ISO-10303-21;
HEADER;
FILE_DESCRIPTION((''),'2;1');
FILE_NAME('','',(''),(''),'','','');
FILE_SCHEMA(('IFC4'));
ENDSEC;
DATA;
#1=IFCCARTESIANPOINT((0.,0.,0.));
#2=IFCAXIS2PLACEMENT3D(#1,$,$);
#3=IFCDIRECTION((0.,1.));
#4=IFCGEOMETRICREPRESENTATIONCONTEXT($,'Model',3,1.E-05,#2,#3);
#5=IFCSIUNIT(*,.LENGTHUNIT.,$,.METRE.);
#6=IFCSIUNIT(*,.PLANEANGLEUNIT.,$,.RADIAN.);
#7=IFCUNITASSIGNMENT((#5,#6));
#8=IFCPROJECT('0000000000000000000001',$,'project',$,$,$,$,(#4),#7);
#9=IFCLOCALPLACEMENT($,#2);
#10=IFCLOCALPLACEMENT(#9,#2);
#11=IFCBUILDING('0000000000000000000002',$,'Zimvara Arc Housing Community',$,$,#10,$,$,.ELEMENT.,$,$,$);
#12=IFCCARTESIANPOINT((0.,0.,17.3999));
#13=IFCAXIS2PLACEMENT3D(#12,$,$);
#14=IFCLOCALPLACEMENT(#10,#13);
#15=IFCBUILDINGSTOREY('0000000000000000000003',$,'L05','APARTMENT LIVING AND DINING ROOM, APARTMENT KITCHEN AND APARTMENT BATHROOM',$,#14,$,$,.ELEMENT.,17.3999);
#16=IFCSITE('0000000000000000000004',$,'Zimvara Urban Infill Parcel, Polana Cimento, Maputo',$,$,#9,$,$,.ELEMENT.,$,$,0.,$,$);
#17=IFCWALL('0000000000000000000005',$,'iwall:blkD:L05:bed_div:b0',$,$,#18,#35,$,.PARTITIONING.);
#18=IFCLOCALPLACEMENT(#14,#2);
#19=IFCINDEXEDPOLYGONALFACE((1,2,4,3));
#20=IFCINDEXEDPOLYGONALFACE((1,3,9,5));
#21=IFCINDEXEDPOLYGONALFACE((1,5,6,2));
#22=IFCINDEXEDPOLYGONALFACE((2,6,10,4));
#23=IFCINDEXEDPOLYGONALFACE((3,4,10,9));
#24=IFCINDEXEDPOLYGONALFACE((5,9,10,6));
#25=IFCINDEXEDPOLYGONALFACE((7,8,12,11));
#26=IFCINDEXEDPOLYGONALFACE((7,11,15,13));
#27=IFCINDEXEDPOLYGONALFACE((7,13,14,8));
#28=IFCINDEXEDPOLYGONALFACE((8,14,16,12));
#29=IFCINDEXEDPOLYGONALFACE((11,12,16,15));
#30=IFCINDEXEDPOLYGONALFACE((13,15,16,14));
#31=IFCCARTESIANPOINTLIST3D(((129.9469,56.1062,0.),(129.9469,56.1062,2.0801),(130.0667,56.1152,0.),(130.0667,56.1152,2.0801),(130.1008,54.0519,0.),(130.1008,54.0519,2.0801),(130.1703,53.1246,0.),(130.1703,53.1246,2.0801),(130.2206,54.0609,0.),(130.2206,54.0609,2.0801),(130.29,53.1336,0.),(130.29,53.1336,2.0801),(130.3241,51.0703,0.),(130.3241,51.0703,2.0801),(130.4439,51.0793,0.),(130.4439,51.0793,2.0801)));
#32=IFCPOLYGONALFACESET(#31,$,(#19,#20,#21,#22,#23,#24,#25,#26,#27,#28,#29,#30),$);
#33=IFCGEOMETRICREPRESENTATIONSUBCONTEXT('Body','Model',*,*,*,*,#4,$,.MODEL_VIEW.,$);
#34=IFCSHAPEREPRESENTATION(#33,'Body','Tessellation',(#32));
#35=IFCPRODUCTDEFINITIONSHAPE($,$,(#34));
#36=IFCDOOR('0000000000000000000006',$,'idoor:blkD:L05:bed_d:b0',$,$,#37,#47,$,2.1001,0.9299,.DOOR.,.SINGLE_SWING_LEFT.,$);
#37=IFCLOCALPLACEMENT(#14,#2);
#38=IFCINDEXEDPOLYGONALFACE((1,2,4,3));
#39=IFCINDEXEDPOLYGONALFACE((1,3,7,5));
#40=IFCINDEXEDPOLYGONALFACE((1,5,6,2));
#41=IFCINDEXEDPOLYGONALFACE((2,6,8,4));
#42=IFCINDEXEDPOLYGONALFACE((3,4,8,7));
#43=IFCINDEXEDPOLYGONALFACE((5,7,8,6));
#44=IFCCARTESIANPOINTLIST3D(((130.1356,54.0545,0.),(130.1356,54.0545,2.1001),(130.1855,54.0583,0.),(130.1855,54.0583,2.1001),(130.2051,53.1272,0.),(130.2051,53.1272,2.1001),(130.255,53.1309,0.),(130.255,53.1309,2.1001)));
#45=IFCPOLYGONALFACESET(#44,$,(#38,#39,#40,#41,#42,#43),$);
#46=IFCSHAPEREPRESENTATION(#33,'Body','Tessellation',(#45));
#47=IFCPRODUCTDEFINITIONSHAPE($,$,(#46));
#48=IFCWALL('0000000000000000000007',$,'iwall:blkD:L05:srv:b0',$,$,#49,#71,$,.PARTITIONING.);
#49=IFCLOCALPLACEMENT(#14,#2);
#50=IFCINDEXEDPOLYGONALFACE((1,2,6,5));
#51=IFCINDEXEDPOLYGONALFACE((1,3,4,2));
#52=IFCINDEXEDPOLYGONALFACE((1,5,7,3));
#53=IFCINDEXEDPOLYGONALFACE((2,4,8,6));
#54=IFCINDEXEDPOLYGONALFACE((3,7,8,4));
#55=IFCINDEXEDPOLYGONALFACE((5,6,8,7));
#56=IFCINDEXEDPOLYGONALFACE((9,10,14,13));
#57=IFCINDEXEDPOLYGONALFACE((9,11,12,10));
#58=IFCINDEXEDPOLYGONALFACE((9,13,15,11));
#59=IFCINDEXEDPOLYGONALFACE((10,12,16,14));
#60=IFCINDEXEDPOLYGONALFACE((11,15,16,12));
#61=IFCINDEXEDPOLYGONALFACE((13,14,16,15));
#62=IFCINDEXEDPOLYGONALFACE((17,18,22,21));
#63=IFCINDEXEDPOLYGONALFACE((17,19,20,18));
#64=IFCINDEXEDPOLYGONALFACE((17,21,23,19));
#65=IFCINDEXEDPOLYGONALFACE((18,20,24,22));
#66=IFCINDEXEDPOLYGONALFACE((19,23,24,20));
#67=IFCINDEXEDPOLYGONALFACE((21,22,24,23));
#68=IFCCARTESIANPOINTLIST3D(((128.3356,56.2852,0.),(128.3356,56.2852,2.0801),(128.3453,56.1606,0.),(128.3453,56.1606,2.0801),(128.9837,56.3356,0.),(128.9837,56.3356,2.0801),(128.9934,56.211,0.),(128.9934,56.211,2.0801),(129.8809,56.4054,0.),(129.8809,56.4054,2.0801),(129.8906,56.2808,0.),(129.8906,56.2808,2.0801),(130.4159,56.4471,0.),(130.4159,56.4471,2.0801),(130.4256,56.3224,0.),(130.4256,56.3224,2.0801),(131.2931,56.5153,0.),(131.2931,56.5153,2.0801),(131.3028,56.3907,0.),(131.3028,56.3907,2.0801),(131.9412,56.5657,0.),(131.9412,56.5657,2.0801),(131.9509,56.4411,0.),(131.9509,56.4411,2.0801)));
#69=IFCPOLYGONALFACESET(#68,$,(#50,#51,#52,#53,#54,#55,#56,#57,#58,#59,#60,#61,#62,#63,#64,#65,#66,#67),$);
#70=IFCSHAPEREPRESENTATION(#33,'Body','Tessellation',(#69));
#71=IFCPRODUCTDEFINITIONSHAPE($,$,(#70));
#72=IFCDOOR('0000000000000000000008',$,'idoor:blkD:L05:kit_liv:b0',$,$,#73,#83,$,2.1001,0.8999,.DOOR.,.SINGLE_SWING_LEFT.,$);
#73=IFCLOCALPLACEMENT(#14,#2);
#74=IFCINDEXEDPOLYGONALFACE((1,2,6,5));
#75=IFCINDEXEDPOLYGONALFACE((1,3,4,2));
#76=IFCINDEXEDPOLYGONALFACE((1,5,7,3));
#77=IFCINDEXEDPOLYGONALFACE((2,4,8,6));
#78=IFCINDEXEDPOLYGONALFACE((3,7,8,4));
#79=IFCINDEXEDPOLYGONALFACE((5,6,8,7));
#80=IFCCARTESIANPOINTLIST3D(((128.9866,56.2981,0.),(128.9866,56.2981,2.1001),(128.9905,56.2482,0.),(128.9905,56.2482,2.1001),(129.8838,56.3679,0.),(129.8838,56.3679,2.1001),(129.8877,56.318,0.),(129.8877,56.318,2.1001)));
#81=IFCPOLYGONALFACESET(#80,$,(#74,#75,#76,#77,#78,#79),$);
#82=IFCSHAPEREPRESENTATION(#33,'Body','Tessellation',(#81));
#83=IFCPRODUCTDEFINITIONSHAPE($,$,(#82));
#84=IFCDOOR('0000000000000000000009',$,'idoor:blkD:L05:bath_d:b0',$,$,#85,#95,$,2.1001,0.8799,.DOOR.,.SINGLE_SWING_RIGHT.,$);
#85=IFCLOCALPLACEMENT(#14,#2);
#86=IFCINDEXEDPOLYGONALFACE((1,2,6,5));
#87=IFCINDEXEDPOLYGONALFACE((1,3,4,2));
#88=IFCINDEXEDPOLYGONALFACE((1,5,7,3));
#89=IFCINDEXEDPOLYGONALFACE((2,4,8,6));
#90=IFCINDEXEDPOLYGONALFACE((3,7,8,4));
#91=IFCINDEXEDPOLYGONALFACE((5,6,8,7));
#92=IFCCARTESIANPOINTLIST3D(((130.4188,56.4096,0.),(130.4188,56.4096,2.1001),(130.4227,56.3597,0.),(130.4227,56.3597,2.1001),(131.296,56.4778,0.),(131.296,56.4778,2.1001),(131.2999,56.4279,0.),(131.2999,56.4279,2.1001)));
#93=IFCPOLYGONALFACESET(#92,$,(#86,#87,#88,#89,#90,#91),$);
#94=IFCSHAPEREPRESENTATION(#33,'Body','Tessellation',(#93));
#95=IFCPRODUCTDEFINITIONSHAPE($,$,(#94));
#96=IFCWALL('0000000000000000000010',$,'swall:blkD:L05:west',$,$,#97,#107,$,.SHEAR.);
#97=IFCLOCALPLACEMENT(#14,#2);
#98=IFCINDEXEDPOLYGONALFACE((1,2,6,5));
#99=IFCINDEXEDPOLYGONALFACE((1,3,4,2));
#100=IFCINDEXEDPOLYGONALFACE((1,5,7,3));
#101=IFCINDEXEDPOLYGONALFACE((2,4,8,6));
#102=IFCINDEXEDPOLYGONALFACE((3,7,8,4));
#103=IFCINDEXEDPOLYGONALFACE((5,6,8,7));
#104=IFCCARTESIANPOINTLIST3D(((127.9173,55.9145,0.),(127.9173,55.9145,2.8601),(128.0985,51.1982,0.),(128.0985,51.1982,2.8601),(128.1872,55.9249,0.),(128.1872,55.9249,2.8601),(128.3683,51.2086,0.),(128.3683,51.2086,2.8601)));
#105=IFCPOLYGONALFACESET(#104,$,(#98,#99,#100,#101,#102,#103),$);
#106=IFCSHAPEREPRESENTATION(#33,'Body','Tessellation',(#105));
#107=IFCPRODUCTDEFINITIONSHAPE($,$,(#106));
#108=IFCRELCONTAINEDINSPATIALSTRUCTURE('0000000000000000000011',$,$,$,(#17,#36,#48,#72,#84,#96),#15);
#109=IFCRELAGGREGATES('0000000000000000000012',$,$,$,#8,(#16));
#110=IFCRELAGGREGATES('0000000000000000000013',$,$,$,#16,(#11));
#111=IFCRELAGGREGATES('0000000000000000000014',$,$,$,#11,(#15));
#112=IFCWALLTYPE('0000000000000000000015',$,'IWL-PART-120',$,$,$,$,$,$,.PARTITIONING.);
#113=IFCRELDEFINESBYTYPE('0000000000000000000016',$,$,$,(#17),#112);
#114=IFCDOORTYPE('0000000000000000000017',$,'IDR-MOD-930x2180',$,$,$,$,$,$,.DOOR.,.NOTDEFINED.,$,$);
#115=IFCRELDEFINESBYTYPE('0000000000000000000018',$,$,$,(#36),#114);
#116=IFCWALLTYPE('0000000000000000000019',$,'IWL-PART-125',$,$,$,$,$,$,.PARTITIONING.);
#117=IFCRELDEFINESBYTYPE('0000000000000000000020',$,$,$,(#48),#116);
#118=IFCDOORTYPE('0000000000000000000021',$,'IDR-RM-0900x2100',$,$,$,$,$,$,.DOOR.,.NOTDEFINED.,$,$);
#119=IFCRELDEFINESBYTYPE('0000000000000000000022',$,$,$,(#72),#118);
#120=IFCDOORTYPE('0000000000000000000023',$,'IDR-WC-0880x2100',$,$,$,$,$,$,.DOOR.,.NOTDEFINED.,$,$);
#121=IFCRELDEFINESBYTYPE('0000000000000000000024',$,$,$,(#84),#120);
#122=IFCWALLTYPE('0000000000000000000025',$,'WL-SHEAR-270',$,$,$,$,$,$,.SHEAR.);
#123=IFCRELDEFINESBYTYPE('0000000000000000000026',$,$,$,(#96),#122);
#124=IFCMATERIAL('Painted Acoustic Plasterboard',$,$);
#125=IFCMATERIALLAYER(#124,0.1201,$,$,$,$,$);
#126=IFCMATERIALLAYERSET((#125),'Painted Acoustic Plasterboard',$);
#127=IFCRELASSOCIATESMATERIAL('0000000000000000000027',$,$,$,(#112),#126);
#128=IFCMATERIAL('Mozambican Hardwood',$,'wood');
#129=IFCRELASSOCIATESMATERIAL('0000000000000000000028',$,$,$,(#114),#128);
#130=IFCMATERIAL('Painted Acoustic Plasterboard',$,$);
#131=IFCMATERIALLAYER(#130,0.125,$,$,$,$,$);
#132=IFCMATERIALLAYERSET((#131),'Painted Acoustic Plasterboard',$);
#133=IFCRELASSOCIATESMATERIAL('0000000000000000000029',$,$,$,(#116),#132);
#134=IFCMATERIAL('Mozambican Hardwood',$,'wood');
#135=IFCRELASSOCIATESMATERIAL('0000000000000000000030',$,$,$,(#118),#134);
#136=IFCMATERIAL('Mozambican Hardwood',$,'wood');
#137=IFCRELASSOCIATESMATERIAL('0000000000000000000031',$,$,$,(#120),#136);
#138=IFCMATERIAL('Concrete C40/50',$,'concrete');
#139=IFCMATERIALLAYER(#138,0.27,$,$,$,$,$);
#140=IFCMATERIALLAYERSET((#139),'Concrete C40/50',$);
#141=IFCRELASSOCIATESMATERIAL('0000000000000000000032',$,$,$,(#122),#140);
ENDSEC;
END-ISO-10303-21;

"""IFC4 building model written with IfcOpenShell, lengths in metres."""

from ifc_helpers import new_model, si_unit, direction, frame, frame_2d, origin, place, context, subcontext, project, spatial, rectangle, extrude, material, layer, layer_set, type_object, element, fill, save


model = new_model("IFC4")

# Units and contexts
model_context = context("Model", 3, precision=1e-05, world=origin(), true_north=direction((0.0, 1.0)))
body_context = subcontext(model_context, "Body", "Model", "MODEL_VIEW")
ifc_project = project(units=[si_unit("LENGTHUNIT", "METRE"), si_unit("PLANEANGLEUNIT", "RADIAN")], contexts=[model_context])

# Site, building, storey
site_placement = place(None, origin())
site = spatial("IfcSite", under=ifc_project, at=site_placement, Name="Zimvara Urban Infill Parcel, Polana Cimento, Maputo", CompositionType="ELEMENT", RefElevation=0.0)
building_placement = place(site_placement, origin())
building = spatial("IfcBuilding", under=site, at=building_placement, Name="Zimvara Arc Housing Community", CompositionType="ELEMENT")
storey_placement = place(building_placement, frame((0.0, 0.0, 17.3999)))
storey = spatial("IfcBuildingStorey", under=building, at=storey_placement, Name="L05", Description="APARTMENT LIVING AND DINING ROOM, APARTMENT KITCHEN AND APARTMENT BATHROOM", CompositionType="ELEMENT", Elevation=17.3999)

# Wall, opening, door
ifc_material_1 = material(Name="Painted Acoustic Plasterboard")
ifc_layer_1 = layer(ifc_material_1, 0.1201)
ifc_layer_set_1 = layer_set([ifc_layer_1], Name="Painted Acoustic Plasterboard")
wall_type_1 = type_object("IfcWallType", Name="IWL-PART-120", PredefinedType="PARTITIONING", material=ifc_layer_set_1)
wall_1_placement = place(storey_placement, frame((130.0068, 56.1106, 0.0), z_axis=(0.0, 0.0, 1.0), x_axis=(0.074693, -0.997207, 0.0)))
wall_1 = element("IfcWall", 1, at=wall_1_placement, inside=storey, type_object=wall_type_1, Name="iwall:blkD:L05:bed_div:b0", PredefinedType="PARTITIONING", context=body_context, shape_type="SweptSolid", body=[
    extrude(rectangle(XDim=5.05, YDim=0.1201, at=frame_2d((2.5249, 0.0))), origin(), (0.0, 0.0, 1.0), 2.0801),
])
opening_1_placement = place(wall_1_placement, frame((2.0601, 0.0, 0.0)))
opening_1 = element("IfcOpeningElement", 2, at=opening_1_placement, cuts=wall_1, PredefinedType="OPENING", context=body_context, shape_type="SweptSolid", body=[
    extrude(rectangle(XDim=0.9299, YDim=2.1001, at=frame_2d((0.4648, 1.05))), frame((0.0, 0.0701, 0.0), z_axis=(0.0, -1.0, 0.0), x_axis=(1.0, 0.0, 0.0)), (0.0, 0.0, 1.0), 0.1401),
])
ifc_material_2 = material(Name="Mozambican Hardwood", Category="wood")
door_type_1 = type_object("IfcDoorType", Name="IDR-MOD-930x2180", OperationType="NOTDEFINED", PredefinedType="DOOR", material=ifc_material_2)
door_1_placement = place(opening_1_placement, origin())
door_1 = element("IfcDoor", 3, at=door_1_placement, inside=storey, type_object=door_type_1, Name="idoor:blkD:L05:bed_d:b0", OperationType="SINGLE_SWING_LEFT", OverallHeight=2.1001, OverallWidth=0.9299, PredefinedType="DOOR", context=body_context, shape_type="SweptSolid", body=[
    extrude(rectangle(XDim=0.9299, YDim=2.1001, at=frame_2d((0.4648, 1.05))), frame((0.0, 0.0249, 0.0), z_axis=(0.0, -1.0, 0.0), x_axis=(1.0, 0.0, 0.0)), (0.0, 0.0, 1.0), 0.05),
])
fill(opening_1, door_1)

# Wall, openings, doors
ifc_material_3 = material(Name="Painted Acoustic Plasterboard")
ifc_layer_2 = layer(ifc_material_3, 0.125)
ifc_layer_set_2 = layer_set([ifc_layer_2], Name="Painted Acoustic Plasterboard")
wall_type_2 = type_object("IfcWallType", Name="IWL-PART-125", PredefinedType="PARTITIONING", material=ifc_layer_set_2)
wall_2_placement = place(storey_placement, frame((128.3406, 56.2229, 0.0), z_axis=(0.0, 0.0, 1.0), x_axis=(0.996987, 0.077569, 0.0)))
wall_2 = element("IfcWall", 4, at=wall_2_placement, inside=storey, type_object=wall_type_2, Name="iwall:blkD:L05:srv:b0", PredefinedType="PARTITIONING", context=body_context, shape_type="SweptSolid", body=[
    extrude(rectangle(XDim=3.6165, YDim=0.125, at=frame_2d((1.8081, 0.0))), origin(), (0.0, 0.0, 1.0), 2.0801),
])
opening_2_placement = place(wall_2_placement, frame((0.6499, 0.0, 0.0)))
opening_2 = element("IfcOpeningElement", 5, at=opening_2_placement, cuts=wall_2, PredefinedType="OPENING", context=body_context, shape_type="SweptSolid", body=[
    extrude(rectangle(XDim=0.8999, YDim=2.1001, at=frame_2d((0.45, 1.05))), frame((0.0, 0.0725, 0.0), z_axis=(0.0, -1.0, 0.0), x_axis=(1.0, 0.0, 0.0)), (0.0, 0.0, 1.0), 0.145),
])
opening_3_placement = place(wall_2_placement, frame((2.0864, 0.0, 0.0)))
opening_3 = element("IfcOpeningElement", 6, at=opening_3_placement, cuts=wall_2, PredefinedType="OPENING", context=body_context, shape_type="SweptSolid", body=[
    extrude(rectangle(XDim=0.8799, YDim=2.1001, at=frame_2d((0.4399, 1.05))), frame((0.0, 0.0725, 0.0), z_axis=(0.0, -1.0, 0.0), x_axis=(1.0, 0.0, 0.0)), (0.0, 0.0, 1.0), 0.145),
])
ifc_material_4 = material(Name="Mozambican Hardwood", Category="wood")
door_type_2 = type_object("IfcDoorType", Name="IDR-RM-0900x2100", OperationType="NOTDEFINED", PredefinedType="DOOR", material=ifc_material_4)
door_2_placement = place(opening_2_placement, origin())
door_2 = element("IfcDoor", 7, at=door_2_placement, inside=storey, type_object=door_type_2, Name="idoor:blkD:L05:kit_liv:b0", OperationType="SINGLE_SWING_LEFT", OverallHeight=2.1001, OverallWidth=0.8999, PredefinedType="DOOR", context=body_context, shape_type="SweptSolid", body=[
    extrude(rectangle(XDim=0.8999, YDim=2.1001, at=frame_2d((0.45, 1.05))), frame((0.0, 0.0249, 0.0), z_axis=(0.0, -1.0, 0.0), x_axis=(1.0, 0.0, 0.0)), (0.0, 0.0, 1.0), 0.05),
])
fill(opening_2, door_2)
ifc_material_5 = material(Name="Mozambican Hardwood", Category="wood")
door_type_3 = type_object("IfcDoorType", Name="IDR-WC-0880x2100", OperationType="NOTDEFINED", PredefinedType="DOOR", material=ifc_material_5)
door_3_placement = place(opening_3_placement, origin())
door_3 = element("IfcDoor", 8, at=door_3_placement, inside=storey, type_object=door_type_3, Name="idoor:blkD:L05:bath_d:b0", OperationType="SINGLE_SWING_RIGHT", OverallHeight=2.1001, OverallWidth=0.8799, PredefinedType="DOOR", context=body_context, shape_type="SweptSolid", body=[
    extrude(rectangle(XDim=0.8799, YDim=2.1001, at=frame_2d((0.4399, 1.05))), frame((0.0, 0.0249, 0.0), z_axis=(0.0, -1.0, 0.0), x_axis=(1.0, 0.0, 0.0)), (0.0, 0.0, 1.0), 0.05),
])
fill(opening_3, door_3)

# Wall
ifc_material_6 = material(Name="Concrete C40/50", Category="concrete")
ifc_layer_3 = layer(ifc_material_6, 0.27)
ifc_layer_set_3 = layer_set([ifc_layer_3], Name="Concrete C40/50")
wall_type_3 = type_object("IfcWallType", Name="WL-SHEAR-270", PredefinedType="SHEAR", material=ifc_layer_set_3)
wall_3_placement = place(storey_placement, frame((128.0522, 55.9197, 0.0), z_axis=(0.0, 0.0, 1.0), x_axis=(0.038381, -0.999263, 0.0)))
element("IfcWall", 9, at=wall_3_placement, inside=storey, type_object=wall_type_3, Name="swall:blkD:L05:west", PredefinedType="SHEAR", context=body_context, shape_type="SweptSolid", body=[
    extrude(rectangle(XDim=4.7197, YDim=0.27, at=frame_2d((2.3599, 0.0))), origin(), (0.0, 0.0, 1.0), 2.8601),
])

save(model, "model.ifc")
